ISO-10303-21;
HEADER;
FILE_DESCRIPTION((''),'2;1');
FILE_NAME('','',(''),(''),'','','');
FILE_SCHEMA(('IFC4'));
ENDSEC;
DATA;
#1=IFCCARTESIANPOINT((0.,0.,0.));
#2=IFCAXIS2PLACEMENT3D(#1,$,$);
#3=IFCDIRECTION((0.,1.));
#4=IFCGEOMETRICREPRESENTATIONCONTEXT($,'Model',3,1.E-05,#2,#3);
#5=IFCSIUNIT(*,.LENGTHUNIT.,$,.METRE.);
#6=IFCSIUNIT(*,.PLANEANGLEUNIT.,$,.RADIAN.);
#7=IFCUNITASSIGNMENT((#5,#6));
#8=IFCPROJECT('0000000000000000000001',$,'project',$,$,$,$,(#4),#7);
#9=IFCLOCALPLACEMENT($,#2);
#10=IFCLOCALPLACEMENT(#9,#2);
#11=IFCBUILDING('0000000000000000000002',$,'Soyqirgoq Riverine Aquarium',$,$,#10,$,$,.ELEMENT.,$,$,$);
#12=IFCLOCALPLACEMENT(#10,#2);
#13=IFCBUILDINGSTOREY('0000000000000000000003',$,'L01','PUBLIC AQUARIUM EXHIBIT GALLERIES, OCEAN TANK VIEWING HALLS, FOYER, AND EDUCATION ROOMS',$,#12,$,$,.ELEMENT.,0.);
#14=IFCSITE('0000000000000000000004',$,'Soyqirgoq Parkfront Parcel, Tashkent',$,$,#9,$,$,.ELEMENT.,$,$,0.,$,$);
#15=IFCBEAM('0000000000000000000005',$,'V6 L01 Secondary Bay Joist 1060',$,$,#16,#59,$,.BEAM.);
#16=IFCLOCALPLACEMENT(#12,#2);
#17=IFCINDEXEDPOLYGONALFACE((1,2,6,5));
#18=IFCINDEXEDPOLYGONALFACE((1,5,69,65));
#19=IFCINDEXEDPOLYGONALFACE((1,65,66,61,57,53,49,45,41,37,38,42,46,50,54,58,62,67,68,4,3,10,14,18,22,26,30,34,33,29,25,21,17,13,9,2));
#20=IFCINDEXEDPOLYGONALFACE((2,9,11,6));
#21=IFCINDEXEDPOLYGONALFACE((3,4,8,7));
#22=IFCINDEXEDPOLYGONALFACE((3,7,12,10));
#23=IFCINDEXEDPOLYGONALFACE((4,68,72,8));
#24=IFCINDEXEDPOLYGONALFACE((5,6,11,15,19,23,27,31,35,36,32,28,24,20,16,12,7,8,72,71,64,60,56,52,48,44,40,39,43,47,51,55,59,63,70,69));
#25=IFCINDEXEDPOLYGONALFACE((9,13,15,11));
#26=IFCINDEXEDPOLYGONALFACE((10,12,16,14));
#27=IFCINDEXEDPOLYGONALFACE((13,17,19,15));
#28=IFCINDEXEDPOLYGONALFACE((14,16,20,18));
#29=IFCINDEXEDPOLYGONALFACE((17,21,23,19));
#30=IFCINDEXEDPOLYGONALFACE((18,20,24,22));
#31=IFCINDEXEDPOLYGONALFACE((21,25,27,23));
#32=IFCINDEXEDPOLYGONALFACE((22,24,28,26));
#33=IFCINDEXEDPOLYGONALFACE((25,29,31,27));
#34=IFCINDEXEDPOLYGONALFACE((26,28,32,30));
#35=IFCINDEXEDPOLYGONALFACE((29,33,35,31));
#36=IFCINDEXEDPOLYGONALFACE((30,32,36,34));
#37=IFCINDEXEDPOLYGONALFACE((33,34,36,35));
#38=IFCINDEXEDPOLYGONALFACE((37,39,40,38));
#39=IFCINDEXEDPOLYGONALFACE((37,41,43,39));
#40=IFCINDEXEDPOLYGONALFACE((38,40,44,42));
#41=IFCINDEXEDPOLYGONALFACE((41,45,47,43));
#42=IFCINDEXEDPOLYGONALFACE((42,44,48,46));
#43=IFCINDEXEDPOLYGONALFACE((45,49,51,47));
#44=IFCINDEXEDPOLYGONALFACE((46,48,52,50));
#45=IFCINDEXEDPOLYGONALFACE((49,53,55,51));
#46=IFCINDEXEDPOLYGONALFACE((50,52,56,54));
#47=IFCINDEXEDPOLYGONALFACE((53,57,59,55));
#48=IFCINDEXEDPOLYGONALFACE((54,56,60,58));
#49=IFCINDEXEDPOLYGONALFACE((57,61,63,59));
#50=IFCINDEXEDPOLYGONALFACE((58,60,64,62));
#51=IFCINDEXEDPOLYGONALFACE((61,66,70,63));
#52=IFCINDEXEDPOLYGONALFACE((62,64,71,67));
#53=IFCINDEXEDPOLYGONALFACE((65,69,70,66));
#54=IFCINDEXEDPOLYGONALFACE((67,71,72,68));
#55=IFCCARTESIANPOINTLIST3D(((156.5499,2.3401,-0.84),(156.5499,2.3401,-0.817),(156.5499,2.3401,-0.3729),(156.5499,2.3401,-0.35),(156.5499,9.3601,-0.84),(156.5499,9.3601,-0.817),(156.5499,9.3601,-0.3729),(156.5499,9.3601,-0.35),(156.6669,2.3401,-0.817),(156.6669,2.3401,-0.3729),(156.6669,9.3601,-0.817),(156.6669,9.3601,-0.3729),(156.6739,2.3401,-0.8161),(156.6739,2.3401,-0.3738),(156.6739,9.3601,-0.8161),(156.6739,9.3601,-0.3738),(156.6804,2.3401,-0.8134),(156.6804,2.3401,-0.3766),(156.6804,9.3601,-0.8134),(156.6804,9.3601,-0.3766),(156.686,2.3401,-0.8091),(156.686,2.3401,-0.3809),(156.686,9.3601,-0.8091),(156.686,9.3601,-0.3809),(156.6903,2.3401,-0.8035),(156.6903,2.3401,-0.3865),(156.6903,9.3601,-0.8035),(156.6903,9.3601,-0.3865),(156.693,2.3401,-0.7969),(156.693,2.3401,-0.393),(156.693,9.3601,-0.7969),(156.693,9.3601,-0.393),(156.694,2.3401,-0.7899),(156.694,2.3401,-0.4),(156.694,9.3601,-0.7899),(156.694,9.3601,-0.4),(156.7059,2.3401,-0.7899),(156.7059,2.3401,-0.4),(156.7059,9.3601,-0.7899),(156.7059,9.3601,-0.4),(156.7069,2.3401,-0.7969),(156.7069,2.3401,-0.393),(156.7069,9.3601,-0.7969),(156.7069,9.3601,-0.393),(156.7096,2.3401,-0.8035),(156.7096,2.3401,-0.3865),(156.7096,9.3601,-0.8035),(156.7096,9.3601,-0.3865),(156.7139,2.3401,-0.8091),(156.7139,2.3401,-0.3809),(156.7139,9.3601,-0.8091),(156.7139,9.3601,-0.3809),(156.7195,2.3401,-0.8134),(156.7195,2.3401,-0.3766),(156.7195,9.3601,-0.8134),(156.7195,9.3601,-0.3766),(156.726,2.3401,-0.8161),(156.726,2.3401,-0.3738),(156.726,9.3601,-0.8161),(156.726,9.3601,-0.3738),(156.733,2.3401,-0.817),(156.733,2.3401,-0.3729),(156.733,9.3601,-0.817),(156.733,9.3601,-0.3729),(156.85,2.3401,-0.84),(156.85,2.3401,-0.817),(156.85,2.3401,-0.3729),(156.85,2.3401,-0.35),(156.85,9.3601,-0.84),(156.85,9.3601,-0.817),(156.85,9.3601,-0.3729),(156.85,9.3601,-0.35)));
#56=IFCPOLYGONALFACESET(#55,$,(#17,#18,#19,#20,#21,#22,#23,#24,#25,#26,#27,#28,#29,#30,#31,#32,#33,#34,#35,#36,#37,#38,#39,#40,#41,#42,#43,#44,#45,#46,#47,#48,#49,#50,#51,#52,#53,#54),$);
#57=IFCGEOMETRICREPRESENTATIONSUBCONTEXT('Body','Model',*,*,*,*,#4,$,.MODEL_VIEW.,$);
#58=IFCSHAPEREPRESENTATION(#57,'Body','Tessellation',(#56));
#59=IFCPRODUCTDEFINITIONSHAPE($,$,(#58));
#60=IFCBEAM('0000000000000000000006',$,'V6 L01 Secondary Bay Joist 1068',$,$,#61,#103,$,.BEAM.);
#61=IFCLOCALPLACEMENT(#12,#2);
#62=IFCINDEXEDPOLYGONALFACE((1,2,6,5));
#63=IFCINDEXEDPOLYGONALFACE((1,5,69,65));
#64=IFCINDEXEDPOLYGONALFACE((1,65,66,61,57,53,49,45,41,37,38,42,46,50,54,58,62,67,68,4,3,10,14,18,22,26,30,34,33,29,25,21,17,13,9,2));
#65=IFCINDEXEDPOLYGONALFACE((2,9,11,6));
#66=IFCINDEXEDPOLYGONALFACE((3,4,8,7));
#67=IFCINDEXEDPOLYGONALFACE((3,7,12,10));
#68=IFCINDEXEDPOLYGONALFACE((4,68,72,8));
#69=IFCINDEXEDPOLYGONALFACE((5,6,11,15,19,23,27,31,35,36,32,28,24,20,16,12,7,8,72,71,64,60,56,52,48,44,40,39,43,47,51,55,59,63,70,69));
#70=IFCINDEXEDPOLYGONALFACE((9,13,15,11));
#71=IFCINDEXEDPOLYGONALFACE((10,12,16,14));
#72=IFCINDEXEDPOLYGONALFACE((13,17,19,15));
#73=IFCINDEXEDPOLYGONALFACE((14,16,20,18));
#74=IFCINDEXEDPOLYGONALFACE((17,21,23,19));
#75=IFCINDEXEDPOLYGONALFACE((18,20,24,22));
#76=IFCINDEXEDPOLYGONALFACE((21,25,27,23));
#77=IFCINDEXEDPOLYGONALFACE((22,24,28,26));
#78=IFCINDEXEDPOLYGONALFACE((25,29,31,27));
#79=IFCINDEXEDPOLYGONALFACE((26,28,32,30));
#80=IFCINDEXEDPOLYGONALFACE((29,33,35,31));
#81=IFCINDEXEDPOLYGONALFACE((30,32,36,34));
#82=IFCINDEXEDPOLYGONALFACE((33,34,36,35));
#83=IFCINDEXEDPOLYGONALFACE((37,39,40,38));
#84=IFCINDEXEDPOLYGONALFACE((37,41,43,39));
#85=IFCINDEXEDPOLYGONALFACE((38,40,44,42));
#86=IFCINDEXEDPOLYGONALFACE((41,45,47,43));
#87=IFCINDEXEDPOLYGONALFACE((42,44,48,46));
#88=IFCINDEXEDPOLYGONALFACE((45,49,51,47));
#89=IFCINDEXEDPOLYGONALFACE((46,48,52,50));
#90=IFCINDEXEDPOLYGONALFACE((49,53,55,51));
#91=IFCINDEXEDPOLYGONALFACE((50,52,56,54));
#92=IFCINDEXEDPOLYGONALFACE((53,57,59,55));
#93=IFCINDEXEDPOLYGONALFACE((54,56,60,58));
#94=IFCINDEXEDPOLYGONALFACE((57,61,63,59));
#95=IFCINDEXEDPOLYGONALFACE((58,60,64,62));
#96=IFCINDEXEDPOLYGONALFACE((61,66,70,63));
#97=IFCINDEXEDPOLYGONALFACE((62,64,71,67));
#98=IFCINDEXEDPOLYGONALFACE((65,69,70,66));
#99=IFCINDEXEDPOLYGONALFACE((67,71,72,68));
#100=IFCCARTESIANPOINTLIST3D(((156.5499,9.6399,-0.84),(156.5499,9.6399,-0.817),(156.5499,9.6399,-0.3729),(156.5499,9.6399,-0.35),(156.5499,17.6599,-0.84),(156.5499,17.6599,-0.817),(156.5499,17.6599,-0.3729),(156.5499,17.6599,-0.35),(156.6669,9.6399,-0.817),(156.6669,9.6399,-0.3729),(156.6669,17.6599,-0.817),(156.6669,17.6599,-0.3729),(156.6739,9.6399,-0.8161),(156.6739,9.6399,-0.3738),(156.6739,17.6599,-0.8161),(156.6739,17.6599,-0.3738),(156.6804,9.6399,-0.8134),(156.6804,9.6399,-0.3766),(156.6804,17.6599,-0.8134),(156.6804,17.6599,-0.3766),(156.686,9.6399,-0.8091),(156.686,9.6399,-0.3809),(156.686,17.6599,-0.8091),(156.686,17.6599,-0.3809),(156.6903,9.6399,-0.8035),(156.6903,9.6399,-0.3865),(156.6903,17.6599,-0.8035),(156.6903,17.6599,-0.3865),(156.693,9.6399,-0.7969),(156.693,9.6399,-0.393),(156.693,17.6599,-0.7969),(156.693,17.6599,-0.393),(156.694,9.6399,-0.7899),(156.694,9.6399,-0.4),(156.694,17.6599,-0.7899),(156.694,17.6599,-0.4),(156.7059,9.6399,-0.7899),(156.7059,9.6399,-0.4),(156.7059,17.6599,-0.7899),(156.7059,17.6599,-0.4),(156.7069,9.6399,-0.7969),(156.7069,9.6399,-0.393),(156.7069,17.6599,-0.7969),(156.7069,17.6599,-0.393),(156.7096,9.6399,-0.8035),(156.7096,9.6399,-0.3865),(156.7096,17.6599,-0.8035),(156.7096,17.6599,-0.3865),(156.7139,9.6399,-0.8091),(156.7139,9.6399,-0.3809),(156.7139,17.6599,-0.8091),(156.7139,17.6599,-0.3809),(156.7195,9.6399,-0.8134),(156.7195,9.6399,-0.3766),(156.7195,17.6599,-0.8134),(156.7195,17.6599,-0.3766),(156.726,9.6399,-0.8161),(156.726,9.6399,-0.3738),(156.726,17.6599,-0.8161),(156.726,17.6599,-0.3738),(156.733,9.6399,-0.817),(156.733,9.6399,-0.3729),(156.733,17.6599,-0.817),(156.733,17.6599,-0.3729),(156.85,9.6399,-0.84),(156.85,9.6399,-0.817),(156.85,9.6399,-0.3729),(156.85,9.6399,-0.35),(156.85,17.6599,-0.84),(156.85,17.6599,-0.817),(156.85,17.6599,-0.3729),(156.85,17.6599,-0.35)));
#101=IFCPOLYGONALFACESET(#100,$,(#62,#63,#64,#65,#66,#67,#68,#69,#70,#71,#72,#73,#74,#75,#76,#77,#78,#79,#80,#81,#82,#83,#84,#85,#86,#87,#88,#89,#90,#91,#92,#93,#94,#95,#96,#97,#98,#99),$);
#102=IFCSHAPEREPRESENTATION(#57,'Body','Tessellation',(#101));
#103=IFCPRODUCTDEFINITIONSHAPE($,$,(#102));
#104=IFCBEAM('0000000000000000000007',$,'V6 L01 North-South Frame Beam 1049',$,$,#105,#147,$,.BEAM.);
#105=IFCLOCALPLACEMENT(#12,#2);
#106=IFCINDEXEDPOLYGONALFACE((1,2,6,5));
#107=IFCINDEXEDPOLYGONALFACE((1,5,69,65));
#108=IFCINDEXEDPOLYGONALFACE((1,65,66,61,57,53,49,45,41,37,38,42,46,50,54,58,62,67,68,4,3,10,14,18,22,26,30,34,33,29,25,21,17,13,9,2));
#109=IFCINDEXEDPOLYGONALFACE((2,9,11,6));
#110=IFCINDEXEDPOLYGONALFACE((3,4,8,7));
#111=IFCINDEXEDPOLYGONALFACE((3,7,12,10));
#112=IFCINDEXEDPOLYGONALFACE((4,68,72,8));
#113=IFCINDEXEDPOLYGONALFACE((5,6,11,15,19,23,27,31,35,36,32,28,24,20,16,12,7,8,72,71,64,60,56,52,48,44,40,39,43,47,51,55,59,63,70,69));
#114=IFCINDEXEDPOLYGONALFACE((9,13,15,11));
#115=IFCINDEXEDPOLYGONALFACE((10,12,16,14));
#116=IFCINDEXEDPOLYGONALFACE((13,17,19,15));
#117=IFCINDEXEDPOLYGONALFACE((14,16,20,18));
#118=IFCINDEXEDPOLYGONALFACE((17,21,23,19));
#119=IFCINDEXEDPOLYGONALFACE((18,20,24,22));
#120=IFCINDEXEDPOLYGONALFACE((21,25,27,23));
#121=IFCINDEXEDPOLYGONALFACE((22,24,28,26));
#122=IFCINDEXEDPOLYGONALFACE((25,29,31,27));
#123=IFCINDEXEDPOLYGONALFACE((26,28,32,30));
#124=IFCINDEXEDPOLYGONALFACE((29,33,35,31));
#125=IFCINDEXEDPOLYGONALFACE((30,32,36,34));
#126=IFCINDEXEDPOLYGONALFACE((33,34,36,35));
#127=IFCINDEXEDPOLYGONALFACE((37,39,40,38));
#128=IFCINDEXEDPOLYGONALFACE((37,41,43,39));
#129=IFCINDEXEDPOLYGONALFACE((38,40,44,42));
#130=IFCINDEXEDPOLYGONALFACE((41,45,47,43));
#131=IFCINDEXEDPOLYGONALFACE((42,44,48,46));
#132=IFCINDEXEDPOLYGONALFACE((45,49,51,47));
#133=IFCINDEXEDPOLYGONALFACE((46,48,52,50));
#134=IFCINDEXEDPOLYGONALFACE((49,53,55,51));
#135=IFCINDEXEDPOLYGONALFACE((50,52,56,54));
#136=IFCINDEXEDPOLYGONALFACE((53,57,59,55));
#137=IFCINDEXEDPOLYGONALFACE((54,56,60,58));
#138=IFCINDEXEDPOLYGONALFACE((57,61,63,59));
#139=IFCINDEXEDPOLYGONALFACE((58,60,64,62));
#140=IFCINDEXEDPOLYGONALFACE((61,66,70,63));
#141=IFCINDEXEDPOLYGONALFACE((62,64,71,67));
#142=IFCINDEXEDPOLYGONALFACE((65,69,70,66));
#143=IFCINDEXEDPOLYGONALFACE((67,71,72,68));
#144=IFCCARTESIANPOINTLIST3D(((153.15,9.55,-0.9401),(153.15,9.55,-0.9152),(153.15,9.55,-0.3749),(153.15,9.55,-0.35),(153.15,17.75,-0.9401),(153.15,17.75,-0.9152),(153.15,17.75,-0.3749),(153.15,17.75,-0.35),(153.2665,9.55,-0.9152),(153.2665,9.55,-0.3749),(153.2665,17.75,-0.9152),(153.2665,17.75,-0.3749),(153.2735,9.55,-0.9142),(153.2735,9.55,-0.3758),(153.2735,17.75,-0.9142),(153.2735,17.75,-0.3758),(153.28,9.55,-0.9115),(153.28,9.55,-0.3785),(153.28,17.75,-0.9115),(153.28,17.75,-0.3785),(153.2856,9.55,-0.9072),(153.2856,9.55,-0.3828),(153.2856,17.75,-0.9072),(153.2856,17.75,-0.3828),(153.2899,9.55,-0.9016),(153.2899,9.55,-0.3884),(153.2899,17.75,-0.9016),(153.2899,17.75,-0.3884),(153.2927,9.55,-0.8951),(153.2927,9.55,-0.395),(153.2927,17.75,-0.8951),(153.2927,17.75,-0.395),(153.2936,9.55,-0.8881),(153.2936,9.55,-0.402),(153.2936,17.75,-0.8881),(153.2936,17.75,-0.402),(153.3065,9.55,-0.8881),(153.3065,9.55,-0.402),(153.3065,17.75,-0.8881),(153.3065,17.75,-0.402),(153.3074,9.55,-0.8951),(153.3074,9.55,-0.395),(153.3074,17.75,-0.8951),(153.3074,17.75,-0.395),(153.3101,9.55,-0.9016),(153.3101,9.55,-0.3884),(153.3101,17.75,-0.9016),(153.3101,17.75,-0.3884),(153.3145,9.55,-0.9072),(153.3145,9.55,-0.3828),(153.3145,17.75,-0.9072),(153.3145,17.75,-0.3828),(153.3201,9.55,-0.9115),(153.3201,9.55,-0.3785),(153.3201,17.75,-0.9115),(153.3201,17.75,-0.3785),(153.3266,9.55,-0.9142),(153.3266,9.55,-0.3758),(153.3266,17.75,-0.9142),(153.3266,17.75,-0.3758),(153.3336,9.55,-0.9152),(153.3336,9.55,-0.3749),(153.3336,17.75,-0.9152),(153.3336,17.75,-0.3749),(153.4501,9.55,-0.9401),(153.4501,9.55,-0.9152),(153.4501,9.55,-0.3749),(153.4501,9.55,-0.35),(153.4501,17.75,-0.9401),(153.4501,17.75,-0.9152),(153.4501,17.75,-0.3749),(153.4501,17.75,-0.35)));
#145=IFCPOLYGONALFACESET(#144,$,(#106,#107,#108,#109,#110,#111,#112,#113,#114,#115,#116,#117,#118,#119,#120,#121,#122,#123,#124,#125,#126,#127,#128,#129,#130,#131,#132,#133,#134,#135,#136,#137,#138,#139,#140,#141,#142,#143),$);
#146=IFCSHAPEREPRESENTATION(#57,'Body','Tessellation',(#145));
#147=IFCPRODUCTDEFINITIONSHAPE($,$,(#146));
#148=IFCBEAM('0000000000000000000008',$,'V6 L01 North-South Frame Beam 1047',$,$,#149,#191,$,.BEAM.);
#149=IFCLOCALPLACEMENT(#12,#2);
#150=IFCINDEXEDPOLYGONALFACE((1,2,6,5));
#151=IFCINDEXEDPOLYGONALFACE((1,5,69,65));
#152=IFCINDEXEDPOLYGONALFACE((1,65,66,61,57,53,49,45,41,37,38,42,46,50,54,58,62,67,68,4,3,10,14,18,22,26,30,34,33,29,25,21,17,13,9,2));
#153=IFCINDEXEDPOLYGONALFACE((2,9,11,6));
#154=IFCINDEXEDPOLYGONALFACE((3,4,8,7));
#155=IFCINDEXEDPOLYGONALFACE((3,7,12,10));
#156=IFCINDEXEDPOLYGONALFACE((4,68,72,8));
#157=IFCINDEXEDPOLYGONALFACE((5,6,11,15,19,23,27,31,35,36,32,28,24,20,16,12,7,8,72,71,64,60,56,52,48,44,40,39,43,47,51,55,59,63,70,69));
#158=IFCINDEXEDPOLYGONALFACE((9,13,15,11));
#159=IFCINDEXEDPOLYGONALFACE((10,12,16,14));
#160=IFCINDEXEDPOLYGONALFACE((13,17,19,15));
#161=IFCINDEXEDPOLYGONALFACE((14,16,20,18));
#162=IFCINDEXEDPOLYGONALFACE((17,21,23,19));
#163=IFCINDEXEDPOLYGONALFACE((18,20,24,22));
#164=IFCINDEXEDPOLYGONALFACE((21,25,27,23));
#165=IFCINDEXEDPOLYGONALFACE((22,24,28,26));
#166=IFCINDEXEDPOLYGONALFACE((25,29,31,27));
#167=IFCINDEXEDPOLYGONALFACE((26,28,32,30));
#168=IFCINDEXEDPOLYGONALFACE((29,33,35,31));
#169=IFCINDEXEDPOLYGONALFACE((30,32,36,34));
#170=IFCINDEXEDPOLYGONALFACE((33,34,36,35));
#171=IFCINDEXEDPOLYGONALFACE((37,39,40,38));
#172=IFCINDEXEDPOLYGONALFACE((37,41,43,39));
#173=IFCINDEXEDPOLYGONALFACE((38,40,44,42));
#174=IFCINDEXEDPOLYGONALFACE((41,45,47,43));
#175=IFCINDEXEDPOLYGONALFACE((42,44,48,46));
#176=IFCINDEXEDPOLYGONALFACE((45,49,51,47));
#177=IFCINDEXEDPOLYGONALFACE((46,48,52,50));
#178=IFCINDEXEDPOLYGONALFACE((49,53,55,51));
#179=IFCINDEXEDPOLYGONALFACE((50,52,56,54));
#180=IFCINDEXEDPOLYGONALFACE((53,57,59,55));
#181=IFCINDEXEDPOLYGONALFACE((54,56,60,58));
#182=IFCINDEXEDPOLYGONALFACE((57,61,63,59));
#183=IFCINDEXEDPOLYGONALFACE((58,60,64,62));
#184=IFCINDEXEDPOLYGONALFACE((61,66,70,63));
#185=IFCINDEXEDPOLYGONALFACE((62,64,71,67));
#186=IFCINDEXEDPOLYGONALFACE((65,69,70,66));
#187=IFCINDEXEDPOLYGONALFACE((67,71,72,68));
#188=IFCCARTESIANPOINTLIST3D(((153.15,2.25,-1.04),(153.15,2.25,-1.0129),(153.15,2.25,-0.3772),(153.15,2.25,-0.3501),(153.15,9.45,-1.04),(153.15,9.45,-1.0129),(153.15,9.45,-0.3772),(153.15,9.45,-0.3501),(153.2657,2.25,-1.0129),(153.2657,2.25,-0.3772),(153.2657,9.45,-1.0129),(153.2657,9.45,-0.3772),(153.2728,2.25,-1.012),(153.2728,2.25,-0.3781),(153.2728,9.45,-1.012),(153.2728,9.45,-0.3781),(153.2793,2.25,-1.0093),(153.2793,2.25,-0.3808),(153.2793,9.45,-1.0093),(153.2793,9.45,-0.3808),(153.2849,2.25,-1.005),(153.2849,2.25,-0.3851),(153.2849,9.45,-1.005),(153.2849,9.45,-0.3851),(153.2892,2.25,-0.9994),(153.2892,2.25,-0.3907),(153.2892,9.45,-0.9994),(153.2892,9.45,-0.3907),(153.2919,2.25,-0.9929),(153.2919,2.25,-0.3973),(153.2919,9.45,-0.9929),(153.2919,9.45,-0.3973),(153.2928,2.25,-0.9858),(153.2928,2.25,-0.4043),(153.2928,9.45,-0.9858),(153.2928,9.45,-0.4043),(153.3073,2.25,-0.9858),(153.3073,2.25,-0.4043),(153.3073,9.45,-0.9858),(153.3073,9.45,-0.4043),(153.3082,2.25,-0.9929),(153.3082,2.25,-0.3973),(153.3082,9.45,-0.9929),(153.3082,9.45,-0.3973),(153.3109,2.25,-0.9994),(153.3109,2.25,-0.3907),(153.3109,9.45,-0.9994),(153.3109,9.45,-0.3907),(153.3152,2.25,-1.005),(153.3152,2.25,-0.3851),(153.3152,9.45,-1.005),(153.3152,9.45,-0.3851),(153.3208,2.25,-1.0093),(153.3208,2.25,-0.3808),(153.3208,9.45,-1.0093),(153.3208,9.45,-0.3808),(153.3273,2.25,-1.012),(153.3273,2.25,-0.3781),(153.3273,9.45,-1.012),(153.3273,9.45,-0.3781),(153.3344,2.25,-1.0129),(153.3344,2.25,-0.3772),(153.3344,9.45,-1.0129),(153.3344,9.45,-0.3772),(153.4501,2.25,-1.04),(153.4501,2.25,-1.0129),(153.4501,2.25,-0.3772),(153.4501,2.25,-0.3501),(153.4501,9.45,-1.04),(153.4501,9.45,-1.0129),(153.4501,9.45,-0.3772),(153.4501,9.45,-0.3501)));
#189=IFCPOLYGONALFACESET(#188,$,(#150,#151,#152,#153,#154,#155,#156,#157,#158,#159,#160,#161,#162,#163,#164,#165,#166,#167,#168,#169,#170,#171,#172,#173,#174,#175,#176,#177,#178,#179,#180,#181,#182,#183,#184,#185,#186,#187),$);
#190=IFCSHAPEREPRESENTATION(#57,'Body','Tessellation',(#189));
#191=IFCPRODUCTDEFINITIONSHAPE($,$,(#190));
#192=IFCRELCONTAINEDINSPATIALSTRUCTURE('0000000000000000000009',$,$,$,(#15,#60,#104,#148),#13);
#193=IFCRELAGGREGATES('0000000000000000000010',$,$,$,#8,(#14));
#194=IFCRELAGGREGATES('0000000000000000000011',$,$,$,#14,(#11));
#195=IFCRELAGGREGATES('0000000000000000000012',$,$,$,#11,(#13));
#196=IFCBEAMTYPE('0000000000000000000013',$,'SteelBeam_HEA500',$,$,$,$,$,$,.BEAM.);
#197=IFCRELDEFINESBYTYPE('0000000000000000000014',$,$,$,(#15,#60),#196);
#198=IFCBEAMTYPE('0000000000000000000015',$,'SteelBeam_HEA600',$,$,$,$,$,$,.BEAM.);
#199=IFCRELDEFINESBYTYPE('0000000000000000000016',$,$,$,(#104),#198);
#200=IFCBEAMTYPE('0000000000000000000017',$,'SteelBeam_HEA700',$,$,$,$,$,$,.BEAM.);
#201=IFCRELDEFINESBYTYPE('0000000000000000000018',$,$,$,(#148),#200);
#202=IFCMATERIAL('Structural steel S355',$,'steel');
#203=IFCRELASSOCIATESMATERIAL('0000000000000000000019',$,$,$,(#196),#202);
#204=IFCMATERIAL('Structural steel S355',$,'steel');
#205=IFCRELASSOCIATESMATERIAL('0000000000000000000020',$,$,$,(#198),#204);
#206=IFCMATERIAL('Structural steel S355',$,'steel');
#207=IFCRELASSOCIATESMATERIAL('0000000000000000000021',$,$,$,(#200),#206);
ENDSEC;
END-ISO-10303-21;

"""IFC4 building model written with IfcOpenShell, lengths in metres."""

from ifc_helpers import new_model, si_unit, direction, frame, origin, origin_2d, place, context, subcontext, project, spatial, i_section, extrude, material, material_profile, profile_set, type_object, element, save


model = new_model("IFC4")

# Units and contexts
model_context = context("Model", 3, precision=1e-05, world=origin(), true_north=direction((0.0, 1.0)))
body_context = subcontext(model_context, "Body", "Model", "MODEL_VIEW")
ifc_project = project(units=[si_unit("LENGTHUNIT", "METRE"), si_unit("PLANEANGLEUNIT", "RADIAN")], contexts=[model_context])

# Site, building, storey
site_placement = place(None, origin())
site = spatial("IfcSite", under=ifc_project, at=site_placement, Name="Soyqirgoq Parkfront Parcel, Tashkent", CompositionType="ELEMENT", RefElevation=0.0)
building_placement = place(site_placement, origin())
building = spatial("IfcBuilding", under=site, at=building_placement, Name="Soyqirgoq Riverine Aquarium", CompositionType="ELEMENT")
storey_placement = place(building_placement, origin())
storey = spatial("IfcBuildingStorey", under=building, at=storey_placement, Name="L01", Description="PUBLIC AQUARIUM EXHIBIT GALLERIES, OCEAN TANK VIEWING HALLS, FOYER, AND EDUCATION ROOMS", CompositionType="ELEMENT", Elevation=0.0)

# Beams
ifc_material_1 = material(Name="Structural steel S355", Category="steel")
ifc_material_profile_1 = material_profile(ifc_material_1, i_section(OverallWidth=0.3, OverallDepth=0.49, WebThickness=0.012, FlangeThickness=0.0229, FilletRadius=0.0271, at=origin_2d()), Name="HEA 500")
ifc_profile_set_1 = profile_set([ifc_material_profile_1], Name="Structural steel S355")
beam_type_1 = type_object("IfcBeamType", Name="SteelBeam_HEA500", PredefinedType="BEAM", material=ifc_profile_set_1)
beam_1_placement = place(storey_placement, frame((156.7, 2.3401, -0.595), z_axis=(0.0, 1.0, 0.0), x_axis=(-1.0, 0.0, 0.0)))
element("IfcBeam", 1, at=beam_1_placement, inside=storey, type_object=beam_type_1, Name="V6 L01 Secondary Bay Joist 1060", PredefinedType="BEAM", context=body_context, shape_type="SweptSolid", body=[
    extrude(i_section(OverallWidth=0.3, OverallDepth=0.49, WebThickness=0.012, FlangeThickness=0.0229, FilletRadius=0.0271, at=origin_2d()), origin(), (0.0, 0.0, 1.0), 7.02),
])
beam_2_placement = place(storey_placement, frame((156.7, 9.6399, -0.595), z_axis=(0.0, 1.0, 0.0), x_axis=(-1.0, 0.0, 0.0)))
element("IfcBeam", 2, at=beam_2_placement, inside=storey, type_object=beam_type_1, Name="V6 L01 Secondary Bay Joist 1068", PredefinedType="BEAM", context=body_context, shape_type="SweptSolid", body=[
    extrude(i_section(OverallWidth=0.3, OverallDepth=0.49, WebThickness=0.012, FlangeThickness=0.0229, FilletRadius=0.0271, at=origin_2d()), origin(), (0.0, 0.0, 1.0), 8.02),
])
ifc_material_2 = material(Name="Structural steel S355", Category="steel")
ifc_material_profile_2 = material_profile(ifc_material_2, i_section(OverallWidth=0.3, OverallDepth=0.5901, WebThickness=0.0129, FlangeThickness=0.0249, FilletRadius=0.0271, at=origin_2d()), Name="HEA 600")
ifc_profile_set_2 = profile_set([ifc_material_profile_2], Name="Structural steel S355")
beam_type_2 = type_object("IfcBeamType", Name="SteelBeam_HEA600", PredefinedType="BEAM", material=ifc_profile_set_2)
beam_3_placement = place(storey_placement, frame((153.3, 9.55, -0.645), z_axis=(0.0, 1.0, 0.0), x_axis=(-1.0, 0.0, 0.0)))
element("IfcBeam", 3, at=beam_3_placement, inside=storey, type_object=beam_type_2, Name="V6 L01 North-South Frame Beam 1049", PredefinedType="BEAM", context=body_context, shape_type="SweptSolid", body=[
    extrude(i_section(OverallWidth=0.3, OverallDepth=0.5901, WebThickness=0.0129, FlangeThickness=0.0249, FilletRadius=0.0271, at=origin_2d()), origin(), (0.0, 0.0, 1.0), 8.2),
])
ifc_material_3 = material(Name="Structural steel S355", Category="steel")
ifc_material_profile_3 = material_profile(ifc_material_3, i_section(OverallWidth=0.3, OverallDepth=0.6899, WebThickness=0.0144, FlangeThickness=0.0271, FilletRadius=0.0271, at=origin_2d()), Name="HEA 700")
ifc_profile_set_3 = profile_set([ifc_material_profile_3], Name="Structural steel S355")
beam_type_3 = type_object("IfcBeamType", Name="SteelBeam_HEA700", PredefinedType="BEAM", material=ifc_profile_set_3)
beam_4_placement = place(storey_placement, frame((153.3, 2.25, -0.6951), z_axis=(0.0, 1.0, 0.0), x_axis=(-1.0, 0.0, 0.0)))
element("IfcBeam", 4, at=beam_4_placement, inside=storey, type_object=beam_type_3, Name="V6 L01 North-South Frame Beam 1047", PredefinedType="BEAM", context=body_context, shape_type="SweptSolid", body=[
    extrude(i_section(OverallWidth=0.3, OverallDepth=0.6899, WebThickness=0.0144, FlangeThickness=0.0271, FilletRadius=0.0271, at=origin_2d()), origin(), (0.0, 0.0, 1.0), 7.2),
])

save(model, "model.ifc")
